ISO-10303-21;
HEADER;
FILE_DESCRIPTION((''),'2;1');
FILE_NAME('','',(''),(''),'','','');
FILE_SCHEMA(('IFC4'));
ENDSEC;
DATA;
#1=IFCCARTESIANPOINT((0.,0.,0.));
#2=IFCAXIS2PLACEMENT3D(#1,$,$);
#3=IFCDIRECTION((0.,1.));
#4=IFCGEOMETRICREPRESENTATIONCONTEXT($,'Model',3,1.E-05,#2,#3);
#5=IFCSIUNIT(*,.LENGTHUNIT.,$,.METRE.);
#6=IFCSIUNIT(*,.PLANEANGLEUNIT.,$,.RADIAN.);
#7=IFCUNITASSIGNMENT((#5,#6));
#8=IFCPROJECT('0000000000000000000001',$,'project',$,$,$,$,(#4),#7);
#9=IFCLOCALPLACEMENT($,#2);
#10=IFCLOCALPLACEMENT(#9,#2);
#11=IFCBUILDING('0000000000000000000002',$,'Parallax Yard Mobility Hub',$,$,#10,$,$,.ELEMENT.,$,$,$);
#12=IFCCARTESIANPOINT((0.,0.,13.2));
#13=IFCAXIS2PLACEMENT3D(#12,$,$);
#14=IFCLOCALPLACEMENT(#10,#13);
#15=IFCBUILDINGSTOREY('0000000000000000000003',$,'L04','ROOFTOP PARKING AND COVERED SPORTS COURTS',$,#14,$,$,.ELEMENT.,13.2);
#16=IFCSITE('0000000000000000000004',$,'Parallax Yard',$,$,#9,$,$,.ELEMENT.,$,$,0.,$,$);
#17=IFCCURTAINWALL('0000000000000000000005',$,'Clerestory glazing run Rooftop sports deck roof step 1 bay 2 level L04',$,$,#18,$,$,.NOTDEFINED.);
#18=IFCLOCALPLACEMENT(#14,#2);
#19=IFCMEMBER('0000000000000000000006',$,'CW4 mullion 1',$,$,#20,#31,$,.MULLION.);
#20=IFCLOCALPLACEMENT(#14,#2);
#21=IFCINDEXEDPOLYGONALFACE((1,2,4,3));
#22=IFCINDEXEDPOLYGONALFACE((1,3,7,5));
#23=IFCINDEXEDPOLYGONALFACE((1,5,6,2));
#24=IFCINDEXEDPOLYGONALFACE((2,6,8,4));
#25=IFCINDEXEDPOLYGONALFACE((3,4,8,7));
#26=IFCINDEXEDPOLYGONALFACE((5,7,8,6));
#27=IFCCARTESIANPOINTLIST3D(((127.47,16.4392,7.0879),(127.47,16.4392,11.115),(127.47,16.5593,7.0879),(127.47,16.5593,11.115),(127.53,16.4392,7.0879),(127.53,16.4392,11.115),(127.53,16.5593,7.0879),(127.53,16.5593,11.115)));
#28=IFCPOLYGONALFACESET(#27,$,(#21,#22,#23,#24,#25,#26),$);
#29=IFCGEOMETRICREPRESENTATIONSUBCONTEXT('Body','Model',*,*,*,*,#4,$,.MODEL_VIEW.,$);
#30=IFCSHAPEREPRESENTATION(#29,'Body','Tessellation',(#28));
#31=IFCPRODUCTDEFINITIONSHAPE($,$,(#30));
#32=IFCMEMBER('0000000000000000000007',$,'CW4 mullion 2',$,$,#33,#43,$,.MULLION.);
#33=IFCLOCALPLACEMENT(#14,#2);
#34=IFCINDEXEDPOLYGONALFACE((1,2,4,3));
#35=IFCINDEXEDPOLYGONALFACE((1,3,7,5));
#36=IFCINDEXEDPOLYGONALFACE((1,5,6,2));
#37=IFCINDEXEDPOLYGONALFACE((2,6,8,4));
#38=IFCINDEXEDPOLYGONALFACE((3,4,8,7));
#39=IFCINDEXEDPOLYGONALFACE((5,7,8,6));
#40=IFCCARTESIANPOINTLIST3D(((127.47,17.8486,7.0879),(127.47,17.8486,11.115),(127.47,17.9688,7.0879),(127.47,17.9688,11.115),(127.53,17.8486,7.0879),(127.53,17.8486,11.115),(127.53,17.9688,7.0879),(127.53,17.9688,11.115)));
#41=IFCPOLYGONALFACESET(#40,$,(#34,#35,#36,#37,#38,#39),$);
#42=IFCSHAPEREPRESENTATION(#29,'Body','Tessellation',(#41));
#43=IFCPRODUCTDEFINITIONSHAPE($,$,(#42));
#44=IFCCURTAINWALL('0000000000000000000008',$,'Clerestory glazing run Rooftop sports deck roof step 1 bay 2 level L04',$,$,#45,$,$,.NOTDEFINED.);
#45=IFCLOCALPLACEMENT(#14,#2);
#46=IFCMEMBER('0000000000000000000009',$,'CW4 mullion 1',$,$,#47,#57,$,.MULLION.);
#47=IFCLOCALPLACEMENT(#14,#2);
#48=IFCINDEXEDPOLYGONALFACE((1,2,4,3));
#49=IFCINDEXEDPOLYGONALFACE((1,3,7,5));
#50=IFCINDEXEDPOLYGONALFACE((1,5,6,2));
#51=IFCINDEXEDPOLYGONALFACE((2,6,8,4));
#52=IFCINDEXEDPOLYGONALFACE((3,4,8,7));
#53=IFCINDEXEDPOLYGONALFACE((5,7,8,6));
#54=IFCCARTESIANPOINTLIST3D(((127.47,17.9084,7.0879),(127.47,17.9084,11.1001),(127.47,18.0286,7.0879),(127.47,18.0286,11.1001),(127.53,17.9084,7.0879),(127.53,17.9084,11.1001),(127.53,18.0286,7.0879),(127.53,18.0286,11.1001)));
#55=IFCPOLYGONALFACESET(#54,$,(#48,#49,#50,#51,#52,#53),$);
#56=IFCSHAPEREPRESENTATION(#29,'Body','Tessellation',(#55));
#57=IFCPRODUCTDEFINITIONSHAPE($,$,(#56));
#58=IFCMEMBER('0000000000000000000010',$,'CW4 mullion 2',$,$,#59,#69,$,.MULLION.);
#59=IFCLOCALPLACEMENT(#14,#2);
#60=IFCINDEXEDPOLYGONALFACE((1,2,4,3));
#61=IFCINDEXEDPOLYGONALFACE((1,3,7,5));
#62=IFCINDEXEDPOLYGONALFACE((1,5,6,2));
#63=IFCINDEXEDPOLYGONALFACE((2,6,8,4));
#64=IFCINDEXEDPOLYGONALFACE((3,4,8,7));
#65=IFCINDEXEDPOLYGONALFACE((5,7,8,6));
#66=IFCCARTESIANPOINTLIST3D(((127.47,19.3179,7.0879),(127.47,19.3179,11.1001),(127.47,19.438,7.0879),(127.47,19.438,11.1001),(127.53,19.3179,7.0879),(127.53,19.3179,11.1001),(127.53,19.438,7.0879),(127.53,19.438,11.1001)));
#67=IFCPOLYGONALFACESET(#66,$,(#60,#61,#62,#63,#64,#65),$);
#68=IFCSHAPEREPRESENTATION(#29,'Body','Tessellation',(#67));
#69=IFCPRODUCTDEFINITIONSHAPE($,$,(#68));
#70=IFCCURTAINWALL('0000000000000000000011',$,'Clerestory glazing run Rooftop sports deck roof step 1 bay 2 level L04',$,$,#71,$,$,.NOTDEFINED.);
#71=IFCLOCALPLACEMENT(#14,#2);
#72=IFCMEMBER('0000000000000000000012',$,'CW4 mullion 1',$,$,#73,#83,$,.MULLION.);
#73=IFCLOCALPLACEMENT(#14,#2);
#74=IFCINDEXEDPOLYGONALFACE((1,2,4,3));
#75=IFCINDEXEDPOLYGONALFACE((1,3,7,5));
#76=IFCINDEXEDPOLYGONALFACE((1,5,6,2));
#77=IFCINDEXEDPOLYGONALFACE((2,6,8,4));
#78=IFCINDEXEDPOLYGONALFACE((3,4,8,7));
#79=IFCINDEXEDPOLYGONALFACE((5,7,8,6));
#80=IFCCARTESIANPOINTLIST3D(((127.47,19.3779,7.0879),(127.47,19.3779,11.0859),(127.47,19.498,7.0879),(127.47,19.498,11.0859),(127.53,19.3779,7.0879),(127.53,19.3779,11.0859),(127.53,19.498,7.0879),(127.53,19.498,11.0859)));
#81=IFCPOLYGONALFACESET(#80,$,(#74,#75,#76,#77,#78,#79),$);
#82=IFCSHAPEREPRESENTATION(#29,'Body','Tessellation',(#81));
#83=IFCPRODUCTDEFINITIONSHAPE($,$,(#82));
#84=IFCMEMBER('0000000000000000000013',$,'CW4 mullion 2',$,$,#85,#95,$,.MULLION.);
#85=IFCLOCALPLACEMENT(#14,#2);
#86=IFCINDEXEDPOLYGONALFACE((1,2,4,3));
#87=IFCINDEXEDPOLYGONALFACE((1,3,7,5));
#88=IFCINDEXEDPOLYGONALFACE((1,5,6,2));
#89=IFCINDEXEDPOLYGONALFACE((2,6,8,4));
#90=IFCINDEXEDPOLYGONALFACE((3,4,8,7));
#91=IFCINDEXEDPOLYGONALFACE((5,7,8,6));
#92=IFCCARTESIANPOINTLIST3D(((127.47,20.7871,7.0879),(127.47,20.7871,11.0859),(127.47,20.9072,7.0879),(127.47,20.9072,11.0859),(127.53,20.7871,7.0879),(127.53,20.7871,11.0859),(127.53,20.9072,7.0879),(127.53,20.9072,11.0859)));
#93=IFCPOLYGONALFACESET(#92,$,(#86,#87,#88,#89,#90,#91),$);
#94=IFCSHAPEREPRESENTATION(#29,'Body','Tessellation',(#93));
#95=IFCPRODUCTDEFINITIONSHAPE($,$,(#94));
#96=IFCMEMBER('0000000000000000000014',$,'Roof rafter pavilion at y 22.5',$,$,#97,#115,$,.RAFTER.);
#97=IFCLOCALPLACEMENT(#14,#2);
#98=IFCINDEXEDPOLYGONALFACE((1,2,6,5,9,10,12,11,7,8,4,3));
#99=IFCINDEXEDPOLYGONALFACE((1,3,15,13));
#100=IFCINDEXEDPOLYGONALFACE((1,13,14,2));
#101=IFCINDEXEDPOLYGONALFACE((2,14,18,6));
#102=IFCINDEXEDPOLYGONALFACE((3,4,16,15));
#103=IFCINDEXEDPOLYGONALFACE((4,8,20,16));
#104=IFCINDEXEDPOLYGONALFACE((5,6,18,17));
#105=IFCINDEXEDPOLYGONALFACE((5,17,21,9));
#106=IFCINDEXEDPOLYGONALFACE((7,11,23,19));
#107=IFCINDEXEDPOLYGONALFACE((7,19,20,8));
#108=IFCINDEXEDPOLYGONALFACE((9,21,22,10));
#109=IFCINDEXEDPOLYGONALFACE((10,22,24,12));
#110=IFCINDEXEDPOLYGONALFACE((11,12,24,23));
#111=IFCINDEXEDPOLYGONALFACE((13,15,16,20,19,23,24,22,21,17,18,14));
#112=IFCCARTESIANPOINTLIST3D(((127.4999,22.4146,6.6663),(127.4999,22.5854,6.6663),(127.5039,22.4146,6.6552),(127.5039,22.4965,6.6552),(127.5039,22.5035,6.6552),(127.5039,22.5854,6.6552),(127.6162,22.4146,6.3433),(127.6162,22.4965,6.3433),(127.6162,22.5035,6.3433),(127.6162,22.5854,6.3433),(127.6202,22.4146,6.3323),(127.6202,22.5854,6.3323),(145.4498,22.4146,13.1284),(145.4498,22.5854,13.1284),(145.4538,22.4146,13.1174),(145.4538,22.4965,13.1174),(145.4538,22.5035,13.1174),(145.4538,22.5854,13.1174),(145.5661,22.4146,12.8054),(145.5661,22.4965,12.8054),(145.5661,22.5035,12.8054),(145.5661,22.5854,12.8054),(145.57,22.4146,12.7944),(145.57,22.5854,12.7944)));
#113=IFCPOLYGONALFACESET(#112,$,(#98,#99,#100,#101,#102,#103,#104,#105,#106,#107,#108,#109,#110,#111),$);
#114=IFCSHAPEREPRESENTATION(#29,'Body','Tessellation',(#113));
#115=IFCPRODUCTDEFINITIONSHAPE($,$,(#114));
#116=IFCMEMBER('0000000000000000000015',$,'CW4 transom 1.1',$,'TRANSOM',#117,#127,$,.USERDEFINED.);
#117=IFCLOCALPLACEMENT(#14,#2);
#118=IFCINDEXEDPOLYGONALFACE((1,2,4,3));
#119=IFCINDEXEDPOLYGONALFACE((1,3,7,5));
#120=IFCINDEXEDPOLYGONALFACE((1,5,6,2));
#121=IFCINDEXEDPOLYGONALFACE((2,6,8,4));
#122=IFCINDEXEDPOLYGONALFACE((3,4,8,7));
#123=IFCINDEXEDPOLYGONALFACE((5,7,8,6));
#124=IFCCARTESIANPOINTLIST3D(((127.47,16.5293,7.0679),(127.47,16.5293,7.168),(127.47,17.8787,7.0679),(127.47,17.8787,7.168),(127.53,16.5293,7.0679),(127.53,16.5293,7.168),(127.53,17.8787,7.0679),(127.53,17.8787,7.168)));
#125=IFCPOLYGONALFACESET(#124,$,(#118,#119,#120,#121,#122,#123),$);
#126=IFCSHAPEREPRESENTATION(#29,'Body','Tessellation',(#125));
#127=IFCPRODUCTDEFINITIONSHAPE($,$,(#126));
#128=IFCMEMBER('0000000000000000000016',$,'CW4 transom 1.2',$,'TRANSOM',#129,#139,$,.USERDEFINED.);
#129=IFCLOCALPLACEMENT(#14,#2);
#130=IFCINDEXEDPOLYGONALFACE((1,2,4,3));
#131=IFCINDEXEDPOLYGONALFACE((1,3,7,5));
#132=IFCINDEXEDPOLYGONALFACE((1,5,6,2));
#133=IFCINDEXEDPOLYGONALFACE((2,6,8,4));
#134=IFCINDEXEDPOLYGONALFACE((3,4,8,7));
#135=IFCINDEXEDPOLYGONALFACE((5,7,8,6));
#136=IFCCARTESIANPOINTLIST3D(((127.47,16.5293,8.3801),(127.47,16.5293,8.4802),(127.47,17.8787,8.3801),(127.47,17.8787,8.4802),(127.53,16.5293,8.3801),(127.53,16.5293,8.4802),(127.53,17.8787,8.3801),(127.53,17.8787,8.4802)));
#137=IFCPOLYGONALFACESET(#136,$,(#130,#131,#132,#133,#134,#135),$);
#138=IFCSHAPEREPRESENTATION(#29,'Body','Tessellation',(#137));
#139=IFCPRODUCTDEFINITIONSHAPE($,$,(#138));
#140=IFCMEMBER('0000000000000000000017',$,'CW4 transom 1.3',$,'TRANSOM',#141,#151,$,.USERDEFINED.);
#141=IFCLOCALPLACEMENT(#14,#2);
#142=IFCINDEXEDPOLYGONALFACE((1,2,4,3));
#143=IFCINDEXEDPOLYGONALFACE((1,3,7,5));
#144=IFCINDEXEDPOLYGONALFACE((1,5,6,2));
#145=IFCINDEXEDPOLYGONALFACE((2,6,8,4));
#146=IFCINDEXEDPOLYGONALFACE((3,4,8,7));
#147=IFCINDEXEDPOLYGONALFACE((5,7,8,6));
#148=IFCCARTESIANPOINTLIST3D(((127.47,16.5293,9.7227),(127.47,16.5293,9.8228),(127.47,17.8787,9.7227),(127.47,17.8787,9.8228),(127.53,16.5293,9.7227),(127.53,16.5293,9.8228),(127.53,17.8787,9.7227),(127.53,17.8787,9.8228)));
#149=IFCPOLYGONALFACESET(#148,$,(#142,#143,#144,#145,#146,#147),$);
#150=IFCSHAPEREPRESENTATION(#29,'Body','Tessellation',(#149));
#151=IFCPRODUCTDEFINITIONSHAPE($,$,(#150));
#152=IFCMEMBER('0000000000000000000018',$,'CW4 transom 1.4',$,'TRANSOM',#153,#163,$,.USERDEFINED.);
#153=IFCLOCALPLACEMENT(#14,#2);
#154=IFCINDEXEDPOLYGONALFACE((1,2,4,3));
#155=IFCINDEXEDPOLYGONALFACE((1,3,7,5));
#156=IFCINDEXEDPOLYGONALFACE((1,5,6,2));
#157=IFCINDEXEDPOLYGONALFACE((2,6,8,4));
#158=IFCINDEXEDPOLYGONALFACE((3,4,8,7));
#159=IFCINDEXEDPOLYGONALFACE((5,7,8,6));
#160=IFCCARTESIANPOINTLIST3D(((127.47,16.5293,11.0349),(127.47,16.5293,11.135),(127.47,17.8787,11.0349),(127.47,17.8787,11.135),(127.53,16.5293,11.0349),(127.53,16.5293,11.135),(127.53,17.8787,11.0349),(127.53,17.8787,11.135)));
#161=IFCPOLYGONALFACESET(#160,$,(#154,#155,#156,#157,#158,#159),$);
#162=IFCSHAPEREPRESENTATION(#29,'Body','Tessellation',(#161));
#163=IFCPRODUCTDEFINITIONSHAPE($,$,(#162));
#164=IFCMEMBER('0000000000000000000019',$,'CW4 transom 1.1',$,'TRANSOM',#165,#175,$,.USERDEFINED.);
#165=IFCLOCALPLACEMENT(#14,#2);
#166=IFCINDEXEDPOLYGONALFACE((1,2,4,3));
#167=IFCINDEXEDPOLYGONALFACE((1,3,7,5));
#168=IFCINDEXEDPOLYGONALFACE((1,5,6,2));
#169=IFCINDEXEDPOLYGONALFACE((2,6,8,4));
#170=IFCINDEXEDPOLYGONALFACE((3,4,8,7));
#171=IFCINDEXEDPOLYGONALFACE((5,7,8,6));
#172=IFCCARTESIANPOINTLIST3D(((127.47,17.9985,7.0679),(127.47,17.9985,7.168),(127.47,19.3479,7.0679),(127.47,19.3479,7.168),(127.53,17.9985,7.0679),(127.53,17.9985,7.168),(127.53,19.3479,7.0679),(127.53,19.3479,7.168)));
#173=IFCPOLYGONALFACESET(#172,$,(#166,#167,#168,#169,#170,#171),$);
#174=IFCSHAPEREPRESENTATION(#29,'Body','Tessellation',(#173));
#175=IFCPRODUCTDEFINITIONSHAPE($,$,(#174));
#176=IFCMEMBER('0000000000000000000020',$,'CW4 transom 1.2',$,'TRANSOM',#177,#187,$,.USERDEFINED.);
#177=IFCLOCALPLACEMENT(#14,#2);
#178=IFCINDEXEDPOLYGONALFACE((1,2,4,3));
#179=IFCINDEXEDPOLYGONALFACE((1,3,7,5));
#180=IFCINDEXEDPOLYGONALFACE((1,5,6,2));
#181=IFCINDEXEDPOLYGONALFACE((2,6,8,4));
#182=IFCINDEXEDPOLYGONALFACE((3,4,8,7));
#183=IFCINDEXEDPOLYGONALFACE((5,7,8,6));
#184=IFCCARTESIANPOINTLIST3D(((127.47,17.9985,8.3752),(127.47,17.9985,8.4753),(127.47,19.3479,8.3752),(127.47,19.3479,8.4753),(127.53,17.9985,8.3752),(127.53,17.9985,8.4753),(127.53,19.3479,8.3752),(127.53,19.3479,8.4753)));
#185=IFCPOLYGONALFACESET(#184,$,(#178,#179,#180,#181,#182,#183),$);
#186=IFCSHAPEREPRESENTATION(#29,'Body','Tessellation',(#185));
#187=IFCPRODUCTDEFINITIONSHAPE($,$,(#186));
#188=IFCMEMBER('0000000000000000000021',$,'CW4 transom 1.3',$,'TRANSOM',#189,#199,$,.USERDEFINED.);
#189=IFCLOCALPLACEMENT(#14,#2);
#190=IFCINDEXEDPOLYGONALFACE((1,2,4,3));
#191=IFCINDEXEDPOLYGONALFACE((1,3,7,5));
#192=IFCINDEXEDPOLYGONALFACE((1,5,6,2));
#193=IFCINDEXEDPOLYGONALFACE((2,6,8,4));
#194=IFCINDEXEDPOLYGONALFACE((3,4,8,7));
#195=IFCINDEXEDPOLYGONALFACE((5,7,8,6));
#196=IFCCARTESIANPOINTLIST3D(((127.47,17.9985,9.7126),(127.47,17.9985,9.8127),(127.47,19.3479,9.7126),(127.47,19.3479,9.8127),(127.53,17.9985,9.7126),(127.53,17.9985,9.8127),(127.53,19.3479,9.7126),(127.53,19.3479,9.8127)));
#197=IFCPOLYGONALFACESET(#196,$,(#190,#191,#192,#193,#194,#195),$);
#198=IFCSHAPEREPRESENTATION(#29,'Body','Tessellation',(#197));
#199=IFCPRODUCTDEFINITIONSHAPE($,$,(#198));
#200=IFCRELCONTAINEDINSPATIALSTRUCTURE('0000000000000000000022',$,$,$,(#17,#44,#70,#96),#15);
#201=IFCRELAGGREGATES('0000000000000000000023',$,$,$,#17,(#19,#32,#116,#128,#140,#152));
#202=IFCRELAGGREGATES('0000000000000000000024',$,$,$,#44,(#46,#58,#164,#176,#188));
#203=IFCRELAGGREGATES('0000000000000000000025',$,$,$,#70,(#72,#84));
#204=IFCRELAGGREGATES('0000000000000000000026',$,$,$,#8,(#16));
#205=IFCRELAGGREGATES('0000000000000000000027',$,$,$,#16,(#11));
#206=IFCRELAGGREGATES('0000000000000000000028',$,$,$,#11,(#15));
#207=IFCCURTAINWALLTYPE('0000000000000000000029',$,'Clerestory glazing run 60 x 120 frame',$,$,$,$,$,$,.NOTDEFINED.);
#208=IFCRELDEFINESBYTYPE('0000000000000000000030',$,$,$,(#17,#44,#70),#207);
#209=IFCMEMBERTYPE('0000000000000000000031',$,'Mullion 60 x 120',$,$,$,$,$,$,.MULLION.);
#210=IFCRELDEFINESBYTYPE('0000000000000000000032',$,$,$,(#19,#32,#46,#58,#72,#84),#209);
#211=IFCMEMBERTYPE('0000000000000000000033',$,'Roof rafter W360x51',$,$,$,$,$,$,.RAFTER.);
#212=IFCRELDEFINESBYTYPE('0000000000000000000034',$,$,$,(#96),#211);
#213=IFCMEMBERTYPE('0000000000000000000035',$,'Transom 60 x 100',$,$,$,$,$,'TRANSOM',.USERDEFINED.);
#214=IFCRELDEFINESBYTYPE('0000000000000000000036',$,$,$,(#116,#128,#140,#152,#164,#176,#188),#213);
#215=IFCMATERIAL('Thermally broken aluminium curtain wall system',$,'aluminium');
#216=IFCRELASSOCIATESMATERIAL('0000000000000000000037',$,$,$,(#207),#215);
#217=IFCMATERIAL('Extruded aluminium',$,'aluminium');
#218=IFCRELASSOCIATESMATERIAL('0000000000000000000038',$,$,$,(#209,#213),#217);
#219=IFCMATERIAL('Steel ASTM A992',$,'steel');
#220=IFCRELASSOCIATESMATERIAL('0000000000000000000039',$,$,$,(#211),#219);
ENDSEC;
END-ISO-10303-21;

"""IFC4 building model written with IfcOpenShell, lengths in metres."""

from ifc_helpers import new_model, si_unit, direction, frame, origin, origin_2d, place, context, subcontext, project, spatial, rectangle, i_section, extrude, material, material_profile, profile_set, type_object, element, aggregate, save


model = new_model("IFC4")

# Units and contexts
model_context = context("Model", 3, precision=1e-05, world=origin(), true_north=direction((0.0, 1.0)))
body_context = subcontext(model_context, "Body", "Model", "MODEL_VIEW")
ifc_project = project(units=[si_unit("LENGTHUNIT", "METRE"), si_unit("PLANEANGLEUNIT", "RADIAN")], contexts=[model_context])

# Site, building, storey
site_placement = place(None, origin())
site = spatial("IfcSite", under=ifc_project, at=site_placement, Name="Parallax Yard", CompositionType="ELEMENT", RefElevation=0.0)
building_placement = place(site_placement, origin())
building = spatial("IfcBuilding", under=site, at=building_placement, Name="Parallax Yard Mobility Hub", CompositionType="ELEMENT")
storey_placement = place(building_placement, frame((0.0, 0.0, 13.2)))
storey = spatial("IfcBuildingStorey", under=building, at=storey_placement, Name="L04", Description="ROOFTOP PARKING AND COVERED SPORTS COURTS", CompositionType="ELEMENT", Elevation=13.2)

# Curtain walls, members
ifc_material_1 = material(Name="Thermally broken aluminium curtain wall system", Category="aluminium")
curtain_wall_type = type_object("IfcCurtainWallType", Name="Clerestory glazing run 60 x 120 frame", PredefinedType="NOTDEFINED", material=ifc_material_1)
curtain_wall_1_placement = place(storey_placement, origin())
curtain_wall_1 = element("IfcCurtainWall", 1, at=curtain_wall_1_placement, inside=storey, type_object=curtain_wall_type, Name="Clerestory glazing run Rooftop sports deck roof step 1 bay 2 level L04", PredefinedType="NOTDEFINED")
ifc_material_2 = material(Name="Extruded aluminium", Category="aluminium")
ifc_material_profile_1 = material_profile(ifc_material_2, rectangle(XDim=0.0601, YDim=0.1201, at=origin_2d()), Name="Mullion 60 x 120")
ifc_profile_set_1 = profile_set([ifc_material_profile_1], Name="Extruded aluminium")
member_type_1 = type_object("IfcMemberType", Name="Mullion 60 x 120", PredefinedType="MULLION", material=ifc_profile_set_1)
member_1_placement = place(storey_placement, frame((127.5, 16.4993, 7.0879), z_axis=(0.0, 0.0, 1.0), x_axis=(-1.0, 0.0, 0.0)))
member_1 = element("IfcMember", 2, at=member_1_placement, type_object=member_type_1, Name="CW4 mullion 1", PredefinedType="MULLION", context=body_context, shape_type="SweptSolid", body=[
    extrude(rectangle(XDim=0.0601, YDim=0.1201, at=origin_2d()), origin(), (0.0, 0.0, 1.0), 4.0271),
])
member_2_placement = place(storey_placement, frame((127.5, 17.9087, 7.0879), z_axis=(0.0, 0.0, 1.0), x_axis=(-1.0, 0.0, 0.0)))
member_2 = element("IfcMember", 3, at=member_2_placement, type_object=member_type_1, Name="CW4 mullion 2", PredefinedType="MULLION", context=body_context, shape_type="SweptSolid", body=[
    extrude(rectangle(XDim=0.0601, YDim=0.1201, at=origin_2d()), origin(), (0.0, 0.0, 1.0), 4.0271),
])
curtain_wall_2_placement = place(storey_placement, origin())
curtain_wall_2 = element("IfcCurtainWall", 4, at=curtain_wall_2_placement, inside=storey, type_object=curtain_wall_type, Name="Clerestory glazing run Rooftop sports deck roof step 1 bay 2 level L04", PredefinedType="NOTDEFINED")
member_3_placement = place(storey_placement, frame((127.5, 17.9685, 7.0879), z_axis=(0.0, 0.0, 1.0), x_axis=(-1.0, 0.0, 0.0)))
member_3 = element("IfcMember", 5, at=member_3_placement, type_object=member_type_1, Name="CW4 mullion 1", PredefinedType="MULLION", context=body_context, shape_type="SweptSolid", body=[
    extrude(rectangle(XDim=0.0601, YDim=0.1201, at=origin_2d()), origin(), (0.0, 0.0, 1.0), 4.0122),
])
member_4_placement = place(storey_placement, frame((127.5, 19.3779, 7.0879), z_axis=(0.0, 0.0, 1.0), x_axis=(-1.0, 0.0, 0.0)))
member_4 = element("IfcMember", 6, at=member_4_placement, type_object=member_type_1, Name="CW4 mullion 2", PredefinedType="MULLION", context=body_context, shape_type="SweptSolid", body=[
    extrude(rectangle(XDim=0.0601, YDim=0.1201, at=origin_2d()), origin(), (0.0, 0.0, 1.0), 4.0122),
])
curtain_wall_3_placement = place(storey_placement, origin())
curtain_wall_3 = element("IfcCurtainWall", 7, at=curtain_wall_3_placement, inside=storey, type_object=curtain_wall_type, Name="Clerestory glazing run Rooftop sports deck roof step 1 bay 2 level L04", PredefinedType="NOTDEFINED")
member_5_placement = place(storey_placement, frame((127.5, 19.438, 7.0879), z_axis=(0.0, 0.0, 1.0), x_axis=(-1.0, 0.0, 0.0)))
member_5 = element("IfcMember", 8, at=member_5_placement, type_object=member_type_1, Name="CW4 mullion 1", PredefinedType="MULLION", context=body_context, shape_type="SweptSolid", body=[
    extrude(rectangle(XDim=0.0601, YDim=0.1201, at=origin_2d()), origin(), (0.0, 0.0, 1.0), 3.998),
])
member_6_placement = place(storey_placement, frame((127.5, 20.8472, 7.0879), z_axis=(0.0, 0.0, 1.0), x_axis=(-1.0, 0.0, 0.0)))
member_6 = element("IfcMember", 9, at=member_6_placement, type_object=member_type_1, Name="CW4 mullion 2", PredefinedType="MULLION", context=body_context, shape_type="SweptSolid", body=[
    extrude(rectangle(XDim=0.0601, YDim=0.1201, at=origin_2d()), origin(), (0.0, 0.0, 1.0), 3.998),
])

# Members
ifc_material_3 = material(Name="Steel ASTM A992", Category="steel")
ifc_material_profile_2 = material_profile(ifc_material_3, i_section(OverallWidth=0.1709, OverallDepth=0.355, WebThickness=0.0071, FlangeThickness=0.0117, at=origin_2d()), Name="W360x51")
ifc_profile_set_2 = profile_set([ifc_material_profile_2], Name="Steel ASTM A992")
member_type_2 = type_object("IfcMemberType", Name="Roof rafter W360x51", PredefinedType="RAFTER", material=ifc_profile_set_2)
member_7_placement = place(storey_placement, frame((127.5601, 22.5, 6.4993), z_axis=(0.940884, 0.0, 0.338728), x_axis=(0.0, 1.0, 0.0)))
element("IfcMember", 10, at=member_7_placement, inside=storey, type_object=member_type_2, Name="Roof rafter pavilion at y 22.5", PredefinedType="RAFTER", context=body_context, shape_type="SweptSolid", body=[
    extrude(i_section(OverallWidth=0.1709, OverallDepth=0.355, WebThickness=0.0071, FlangeThickness=0.0117, at=origin_2d()), origin(), (0.0, 0.0, 1.0), 19.0776),
])
ifc_material_profile_3 = material_profile(ifc_material_2, rectangle(XDim=0.0601, YDim=0.1001, at=origin_2d()), Name="Transom 60 x 100")
ifc_profile_set_3 = profile_set([ifc_material_profile_3], Name="Extruded aluminium")
member_type_3 = type_object("IfcMemberType", Name="Transom 60 x 100", ElementType="TRANSOM", PredefinedType="USERDEFINED", material=ifc_profile_set_3)
member_8_placement = place(storey_placement, frame((127.5, 16.5293, 7.1179), z_axis=(0.0, 1.0, 0.0), x_axis=(-1.0, 0.0, 0.0)))
member_8 = element("IfcMember", 11, at=member_8_placement, type_object=member_type_3, Name="CW4 transom 1.1", ObjectType="TRANSOM", PredefinedType="USERDEFINED", context=body_context, shape_type="SweptSolid", body=[
    extrude(rectangle(XDim=0.0601, YDim=0.1001, at=origin_2d()), origin(), (0.0, 0.0, 1.0), 1.3494),
])
member_9_placement = place(storey_placement, frame((127.5, 16.5293, 8.4302), z_axis=(0.0, 1.0, 0.0), x_axis=(-1.0, 0.0, 0.0)))
member_9 = element("IfcMember", 12, at=member_9_placement, type_object=member_type_3, Name="CW4 transom 1.2", ObjectType="TRANSOM", PredefinedType="USERDEFINED", context=body_context, shape_type="SweptSolid", body=[
    extrude(rectangle(XDim=0.0601, YDim=0.1001, at=origin_2d()), origin(), (0.0, 0.0, 1.0), 1.3494),
])
member_10_placement = place(storey_placement, frame((127.5, 16.5293, 9.7727), z_axis=(0.0, 1.0, 0.0), x_axis=(-1.0, 0.0, 0.0)))
member_10 = element("IfcMember", 13, at=member_10_placement, type_object=member_type_3, Name="CW4 transom 1.3", ObjectType="TRANSOM", PredefinedType="USERDEFINED", context=body_context, shape_type="SweptSolid", body=[
    extrude(rectangle(XDim=0.0601, YDim=0.1001, at=origin_2d()), origin(), (0.0, 0.0, 1.0), 1.3494),
])
member_11_placement = place(storey_placement, frame((127.5, 16.5293, 11.085), z_axis=(0.0, 1.0, 0.0), x_axis=(-1.0, 0.0, 0.0)))
member_11 = element("IfcMember", 14, at=member_11_placement, type_object=member_type_3, Name="CW4 transom 1.4", ObjectType="TRANSOM", PredefinedType="USERDEFINED", context=body_context, shape_type="SweptSolid", body=[
    extrude(rectangle(XDim=0.0601, YDim=0.1001, at=origin_2d()), origin(), (0.0, 0.0, 1.0), 1.3494),
])
member_12_placement = place(storey_placement, frame((127.5, 17.9985, 7.1179), z_axis=(0.0, 1.0, 0.0), x_axis=(-1.0, 0.0, 0.0)))
member_12 = element("IfcMember", 15, at=member_12_placement, type_object=member_type_3, Name="CW4 transom 1.1", ObjectType="TRANSOM", PredefinedType="USERDEFINED", context=body_context, shape_type="SweptSolid", body=[
    extrude(rectangle(XDim=0.0601, YDim=0.1001, at=origin_2d()), origin(), (0.0, 0.0, 1.0), 1.3494),
])
member_13_placement = place(storey_placement, frame((127.5, 17.9985, 8.4253), z_axis=(0.0, 1.0, 0.0), x_axis=(-1.0, 0.0, 0.0)))
member_13 = element("IfcMember", 16, at=member_13_placement, type_object=member_type_3, Name="CW4 transom 1.2", ObjectType="TRANSOM", PredefinedType="USERDEFINED", context=body_context, shape_type="SweptSolid", body=[
    extrude(rectangle(XDim=0.0601, YDim=0.1001, at=origin_2d()), origin(), (0.0, 0.0, 1.0), 1.3494),
])
member_14_placement = place(storey_placement, frame((127.5, 17.9985, 9.7627), z_axis=(0.0, 1.0, 0.0), x_axis=(-1.0, 0.0, 0.0)))
member_14 = element("IfcMember", 17, at=member_14_placement, type_object=member_type_3, Name="CW4 transom 1.3", ObjectType="TRANSOM", PredefinedType="USERDEFINED", context=body_context, shape_type="SweptSolid", body=[
    extrude(rectangle(XDim=0.0601, YDim=0.1001, at=origin_2d()), origin(), (0.0, 0.0, 1.0), 1.3494),
])

aggregate(curtain_wall_1, [member_1, member_2, member_8, member_9, member_10, member_11])
aggregate(curtain_wall_2, [member_3, member_4, member_12, member_13, member_14])
aggregate(curtain_wall_3, [member_5, member_6])

save(model, "model.ifc")
